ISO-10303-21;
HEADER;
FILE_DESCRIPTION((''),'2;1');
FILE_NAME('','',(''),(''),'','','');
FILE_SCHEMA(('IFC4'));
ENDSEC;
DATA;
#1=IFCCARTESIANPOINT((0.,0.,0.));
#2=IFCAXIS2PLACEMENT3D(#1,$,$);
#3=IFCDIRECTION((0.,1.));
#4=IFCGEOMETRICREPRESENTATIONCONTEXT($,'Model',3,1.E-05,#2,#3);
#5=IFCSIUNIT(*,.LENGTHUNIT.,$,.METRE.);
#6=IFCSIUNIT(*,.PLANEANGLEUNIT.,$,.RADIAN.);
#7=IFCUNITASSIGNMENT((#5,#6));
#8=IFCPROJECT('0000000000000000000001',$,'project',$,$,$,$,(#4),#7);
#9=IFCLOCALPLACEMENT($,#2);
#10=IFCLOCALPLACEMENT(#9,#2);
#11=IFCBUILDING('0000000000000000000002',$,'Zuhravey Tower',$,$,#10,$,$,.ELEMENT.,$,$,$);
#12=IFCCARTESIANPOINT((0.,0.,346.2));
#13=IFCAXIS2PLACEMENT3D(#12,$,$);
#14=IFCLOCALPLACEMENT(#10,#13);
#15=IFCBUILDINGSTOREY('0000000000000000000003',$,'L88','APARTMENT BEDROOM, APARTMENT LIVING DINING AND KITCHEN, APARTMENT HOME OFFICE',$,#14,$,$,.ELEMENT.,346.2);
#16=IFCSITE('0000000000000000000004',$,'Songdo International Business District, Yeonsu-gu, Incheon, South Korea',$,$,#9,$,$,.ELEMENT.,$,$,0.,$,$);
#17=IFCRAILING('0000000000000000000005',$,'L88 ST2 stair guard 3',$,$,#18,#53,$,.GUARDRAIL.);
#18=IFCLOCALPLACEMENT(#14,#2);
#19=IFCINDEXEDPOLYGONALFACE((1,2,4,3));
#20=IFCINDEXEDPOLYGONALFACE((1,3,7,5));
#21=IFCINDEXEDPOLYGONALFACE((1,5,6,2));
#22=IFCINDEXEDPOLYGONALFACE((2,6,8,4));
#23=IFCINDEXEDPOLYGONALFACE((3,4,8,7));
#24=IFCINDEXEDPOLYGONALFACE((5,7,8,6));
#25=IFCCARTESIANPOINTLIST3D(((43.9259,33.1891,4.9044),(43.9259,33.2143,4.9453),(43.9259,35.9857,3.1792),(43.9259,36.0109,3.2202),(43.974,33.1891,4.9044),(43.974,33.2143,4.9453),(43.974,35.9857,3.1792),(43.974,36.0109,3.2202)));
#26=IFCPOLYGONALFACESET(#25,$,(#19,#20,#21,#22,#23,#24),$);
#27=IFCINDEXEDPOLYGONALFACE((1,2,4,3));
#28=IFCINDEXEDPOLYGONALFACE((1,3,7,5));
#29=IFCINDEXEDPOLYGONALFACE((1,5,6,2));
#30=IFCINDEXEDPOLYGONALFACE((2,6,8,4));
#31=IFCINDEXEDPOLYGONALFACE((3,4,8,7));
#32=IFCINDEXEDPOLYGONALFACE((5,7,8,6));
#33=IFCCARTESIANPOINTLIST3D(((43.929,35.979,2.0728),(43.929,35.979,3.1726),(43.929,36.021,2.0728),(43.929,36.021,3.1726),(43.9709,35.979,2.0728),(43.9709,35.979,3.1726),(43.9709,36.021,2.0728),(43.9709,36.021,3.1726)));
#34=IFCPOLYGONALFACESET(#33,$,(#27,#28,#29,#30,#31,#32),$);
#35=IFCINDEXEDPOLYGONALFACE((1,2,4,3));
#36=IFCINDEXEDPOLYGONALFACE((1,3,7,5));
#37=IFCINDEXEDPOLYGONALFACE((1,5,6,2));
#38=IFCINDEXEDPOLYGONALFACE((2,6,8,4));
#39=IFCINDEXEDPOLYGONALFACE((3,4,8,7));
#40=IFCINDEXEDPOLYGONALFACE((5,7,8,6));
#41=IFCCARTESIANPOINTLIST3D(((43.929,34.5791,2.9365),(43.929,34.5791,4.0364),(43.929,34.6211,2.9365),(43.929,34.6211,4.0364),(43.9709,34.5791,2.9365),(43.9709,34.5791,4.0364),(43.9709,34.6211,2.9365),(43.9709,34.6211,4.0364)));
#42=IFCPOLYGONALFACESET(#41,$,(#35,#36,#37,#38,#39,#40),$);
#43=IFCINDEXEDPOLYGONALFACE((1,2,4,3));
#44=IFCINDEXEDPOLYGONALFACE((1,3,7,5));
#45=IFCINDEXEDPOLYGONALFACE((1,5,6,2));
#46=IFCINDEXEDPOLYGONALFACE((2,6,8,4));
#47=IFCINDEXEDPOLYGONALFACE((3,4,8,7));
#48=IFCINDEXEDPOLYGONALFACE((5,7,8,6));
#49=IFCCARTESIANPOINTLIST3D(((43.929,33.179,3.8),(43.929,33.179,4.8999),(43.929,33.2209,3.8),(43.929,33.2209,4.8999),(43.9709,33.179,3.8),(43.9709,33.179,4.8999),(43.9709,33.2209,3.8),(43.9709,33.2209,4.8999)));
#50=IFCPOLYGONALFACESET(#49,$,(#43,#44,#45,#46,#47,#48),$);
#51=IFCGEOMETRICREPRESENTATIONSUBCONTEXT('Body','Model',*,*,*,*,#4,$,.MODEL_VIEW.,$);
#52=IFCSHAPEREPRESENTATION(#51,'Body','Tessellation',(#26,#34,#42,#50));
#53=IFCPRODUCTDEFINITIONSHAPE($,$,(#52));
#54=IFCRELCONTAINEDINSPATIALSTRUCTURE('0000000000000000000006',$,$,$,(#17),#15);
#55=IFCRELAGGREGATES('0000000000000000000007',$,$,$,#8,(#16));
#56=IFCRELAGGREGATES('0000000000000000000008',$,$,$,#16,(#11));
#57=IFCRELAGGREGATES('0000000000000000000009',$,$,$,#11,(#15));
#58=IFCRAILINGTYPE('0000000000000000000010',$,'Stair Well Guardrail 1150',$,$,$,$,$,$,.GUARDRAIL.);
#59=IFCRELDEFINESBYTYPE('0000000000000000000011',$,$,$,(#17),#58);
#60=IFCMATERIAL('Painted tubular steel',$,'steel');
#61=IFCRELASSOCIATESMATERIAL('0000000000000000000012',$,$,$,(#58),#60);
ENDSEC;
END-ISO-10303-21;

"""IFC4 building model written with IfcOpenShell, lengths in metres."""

from ifc_helpers import new_model, si_unit, direction, frame, origin, origin_2d, place, context, subcontext, project, spatial, rectangle, extrude, material, type_object, element, save


model = new_model("IFC4")

# Units and contexts
model_context = context("Model", 3, precision=1e-05, world=origin(), true_north=direction((0.0, 1.0)))
body_context = subcontext(model_context, "Body", "Model", "MODEL_VIEW")
ifc_project = project(units=[si_unit("LENGTHUNIT", "METRE"), si_unit("PLANEANGLEUNIT", "RADIAN")], contexts=[model_context])

# Site, building, storey
site_placement = place(None, origin())
site = spatial("IfcSite", under=ifc_project, at=site_placement, Name="Songdo International Business District, Yeonsu-gu, Incheon, South Korea", CompositionType="ELEMENT", RefElevation=0.0)
building_placement = place(site_placement, origin())
building = spatial("IfcBuilding", under=site, at=building_placement, Name="Zuhravey Tower", CompositionType="ELEMENT")
storey_placement = place(building_placement, frame((0.0, 0.0, 346.2)))
storey = spatial("IfcBuildingStorey", under=building, at=storey_placement, Name="L88", Description="APARTMENT BEDROOM, APARTMENT LIVING DINING AND KITCHEN, APARTMENT HOME OFFICE", CompositionType="ELEMENT", Elevation=346.2)

# Railing
ifc_material_1 = material(Name="Painted tubular steel", Category="steel")
railing_type_1 = type_object("IfcRailingType", Name="Stair Well Guardrail 1150", PredefinedType="GUARDRAIL", material=ifc_material_1)
railing_1_placement = place(storey_placement, frame((43.95, 36.0, 2.0728)))
element("IfcRailing", 1, at=railing_1_placement, inside=storey, type_object=railing_type_1, Name="L88 ST2 stair guard 3", PredefinedType="GUARDRAIL", context=body_context, shape_type="SweptSolid", body=[
    extrude(rectangle(XDim=0.0481, YDim=0.0481, at=origin_2d()), frame((0.0, -0.0017, 1.127), z_axis=(0.0, -0.85109, 0.52502), x_axis=(1.0, 0.0, 0.0)), (0.0, 0.0, 1.0), 3.2859),
    extrude(rectangle(XDim=0.042, YDim=0.042, at=origin_2d()), origin(), (0.0, 0.0, 1.0), 1.0999),
    extrude(rectangle(XDim=0.042, YDim=0.042, at=origin_2d()), frame((0.0, -1.3999, 0.8638)), (0.0, 0.0, 1.0), 1.0999),
    extrude(rectangle(XDim=0.042, YDim=0.042, at=origin_2d()), frame((0.0, -2.8, 1.7273)), (0.0, 0.0, 1.0), 1.0999),
])

save(model, "model.ifc")
